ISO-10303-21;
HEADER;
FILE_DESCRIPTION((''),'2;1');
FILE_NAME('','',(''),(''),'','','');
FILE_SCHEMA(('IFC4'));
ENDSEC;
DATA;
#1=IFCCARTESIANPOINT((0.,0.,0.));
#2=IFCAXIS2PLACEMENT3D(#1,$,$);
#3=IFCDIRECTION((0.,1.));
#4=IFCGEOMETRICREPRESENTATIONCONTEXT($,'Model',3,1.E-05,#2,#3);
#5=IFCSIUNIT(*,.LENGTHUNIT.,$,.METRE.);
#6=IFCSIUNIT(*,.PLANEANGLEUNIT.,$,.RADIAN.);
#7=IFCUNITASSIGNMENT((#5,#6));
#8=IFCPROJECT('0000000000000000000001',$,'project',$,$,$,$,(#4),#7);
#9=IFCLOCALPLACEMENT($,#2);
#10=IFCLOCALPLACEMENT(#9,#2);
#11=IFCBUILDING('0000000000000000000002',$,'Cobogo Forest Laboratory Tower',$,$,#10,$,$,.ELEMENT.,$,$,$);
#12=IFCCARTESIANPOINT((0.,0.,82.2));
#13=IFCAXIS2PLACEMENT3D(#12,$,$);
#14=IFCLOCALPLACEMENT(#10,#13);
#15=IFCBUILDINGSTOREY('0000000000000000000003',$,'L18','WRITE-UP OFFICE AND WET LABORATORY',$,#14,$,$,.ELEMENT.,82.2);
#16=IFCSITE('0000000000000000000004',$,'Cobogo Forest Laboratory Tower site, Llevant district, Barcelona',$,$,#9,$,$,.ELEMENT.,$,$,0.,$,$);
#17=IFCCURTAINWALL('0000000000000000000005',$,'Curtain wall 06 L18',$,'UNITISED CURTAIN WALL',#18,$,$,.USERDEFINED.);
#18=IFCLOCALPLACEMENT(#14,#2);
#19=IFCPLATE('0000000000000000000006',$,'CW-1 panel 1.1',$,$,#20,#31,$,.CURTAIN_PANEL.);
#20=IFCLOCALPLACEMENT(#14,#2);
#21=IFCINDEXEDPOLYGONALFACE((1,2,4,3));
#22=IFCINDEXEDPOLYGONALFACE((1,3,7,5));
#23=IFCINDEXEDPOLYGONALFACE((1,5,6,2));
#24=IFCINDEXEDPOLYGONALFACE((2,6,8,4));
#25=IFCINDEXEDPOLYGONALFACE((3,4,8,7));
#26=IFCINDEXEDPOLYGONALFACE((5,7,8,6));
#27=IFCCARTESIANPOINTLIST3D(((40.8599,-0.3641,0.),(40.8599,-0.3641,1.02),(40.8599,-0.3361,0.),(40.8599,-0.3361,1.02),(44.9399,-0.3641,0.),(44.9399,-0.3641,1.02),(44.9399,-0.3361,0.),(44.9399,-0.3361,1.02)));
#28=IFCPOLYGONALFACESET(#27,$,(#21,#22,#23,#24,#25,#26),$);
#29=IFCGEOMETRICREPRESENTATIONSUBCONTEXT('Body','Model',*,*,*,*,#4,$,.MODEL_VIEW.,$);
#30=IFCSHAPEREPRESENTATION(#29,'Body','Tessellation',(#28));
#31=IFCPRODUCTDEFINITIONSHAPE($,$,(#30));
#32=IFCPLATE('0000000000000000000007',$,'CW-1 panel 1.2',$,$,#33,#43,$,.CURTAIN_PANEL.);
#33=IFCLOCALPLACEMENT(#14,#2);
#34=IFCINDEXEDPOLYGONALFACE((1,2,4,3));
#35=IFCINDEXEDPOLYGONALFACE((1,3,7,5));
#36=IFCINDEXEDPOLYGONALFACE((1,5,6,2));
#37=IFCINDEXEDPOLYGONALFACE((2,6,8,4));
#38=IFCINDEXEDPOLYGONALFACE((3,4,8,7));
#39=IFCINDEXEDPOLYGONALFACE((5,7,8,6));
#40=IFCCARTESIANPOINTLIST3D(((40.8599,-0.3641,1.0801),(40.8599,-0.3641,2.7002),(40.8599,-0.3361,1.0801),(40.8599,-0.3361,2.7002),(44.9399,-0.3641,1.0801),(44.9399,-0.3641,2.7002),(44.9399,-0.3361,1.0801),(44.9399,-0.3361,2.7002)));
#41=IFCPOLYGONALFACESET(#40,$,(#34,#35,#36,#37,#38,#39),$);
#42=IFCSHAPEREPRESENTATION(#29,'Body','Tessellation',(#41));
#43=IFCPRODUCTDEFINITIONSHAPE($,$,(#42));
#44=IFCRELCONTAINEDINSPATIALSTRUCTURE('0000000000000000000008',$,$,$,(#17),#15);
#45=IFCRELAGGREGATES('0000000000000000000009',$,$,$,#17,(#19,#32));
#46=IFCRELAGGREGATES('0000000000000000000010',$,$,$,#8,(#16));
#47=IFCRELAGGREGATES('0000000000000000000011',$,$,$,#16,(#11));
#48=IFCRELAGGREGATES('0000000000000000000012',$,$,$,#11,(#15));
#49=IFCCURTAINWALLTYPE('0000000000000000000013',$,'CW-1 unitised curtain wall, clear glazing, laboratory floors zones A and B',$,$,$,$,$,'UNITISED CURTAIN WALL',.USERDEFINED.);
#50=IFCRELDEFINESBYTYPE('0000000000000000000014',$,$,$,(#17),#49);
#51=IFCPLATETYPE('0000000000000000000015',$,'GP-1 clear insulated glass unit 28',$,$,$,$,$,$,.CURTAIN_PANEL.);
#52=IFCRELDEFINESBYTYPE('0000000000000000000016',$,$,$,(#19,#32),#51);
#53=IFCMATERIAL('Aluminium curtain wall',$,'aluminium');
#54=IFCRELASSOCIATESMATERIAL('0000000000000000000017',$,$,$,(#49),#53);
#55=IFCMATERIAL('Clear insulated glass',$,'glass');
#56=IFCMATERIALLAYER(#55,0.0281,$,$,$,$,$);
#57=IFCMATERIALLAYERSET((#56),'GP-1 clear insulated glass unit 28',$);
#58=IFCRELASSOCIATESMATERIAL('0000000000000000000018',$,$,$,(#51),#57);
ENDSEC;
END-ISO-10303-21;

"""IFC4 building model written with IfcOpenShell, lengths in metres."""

from ifc_helpers import new_model, si_unit, direction, frame, origin, origin_2d, place, context, subcontext, project, spatial, rectangle, extrude, material, layer, layer_set, type_object, element, aggregate, save


model = new_model("IFC4")

# Units and contexts
model_context = context("Model", 3, precision=1e-05, world=origin(), true_north=direction((0.0, 1.0)))
body_context = subcontext(model_context, "Body", "Model", "MODEL_VIEW")
ifc_project = project(units=[si_unit("LENGTHUNIT", "METRE"), si_unit("PLANEANGLEUNIT", "RADIAN")], contexts=[model_context])

# Site, building, storey
site_placement = place(None, origin())
site = spatial("IfcSite", under=ifc_project, at=site_placement, Name="Cobogo Forest Laboratory Tower site, Llevant district, Barcelona", CompositionType="ELEMENT", RefElevation=0.0)
building_placement = place(site_placement, origin())
building = spatial("IfcBuilding", under=site, at=building_placement, Name="Cobogo Forest Laboratory Tower", CompositionType="ELEMENT")
storey_placement = place(building_placement, frame((0.0, 0.0, 82.2)))
storey = spatial("IfcBuildingStorey", under=building, at=storey_placement, Name="L18", Description="WRITE-UP OFFICE AND WET LABORATORY", CompositionType="ELEMENT", Elevation=82.2)

# Shared definitions
ifc_material_1 = material(Name="Aluminium curtain wall", Category="aluminium")
curtain_wall_type = type_object("IfcCurtainWallType", Name="CW-1 unitised curtain wall, clear glazing, laboratory floors zones A and B", ElementType="UNITISED CURTAIN WALL", PredefinedType="USERDEFINED", material=ifc_material_1)

# Curtain wall
curtain_wall_1_placement = place(storey_placement, origin())
curtain_wall_1 = element("IfcCurtainWall", 1, at=curtain_wall_1_placement, inside=storey, type_object=curtain_wall_type, Name="Curtain wall 06 L18", ObjectType="UNITISED CURTAIN WALL", PredefinedType="USERDEFINED")

# Plates
ifc_material_2 = material(Name="Clear insulated glass", Category="glass")
ifc_layer = layer(ifc_material_2, 0.0281)
ifc_layer_set = layer_set([ifc_layer], Name="GP-1 clear insulated glass unit 28")
plate_type_1 = type_object("IfcPlateType", Name="GP-1 clear insulated glass unit 28", PredefinedType="CURTAIN_PANEL", material=ifc_layer_set)
plate_1_placement = place(storey_placement, frame((42.8999, -0.3501, 0.0), z_axis=(0.0, 0.0, 1.0), x_axis=(1.0, 0.0, 0.0)))
plate_1 = element("IfcPlate", 2, at=plate_1_placement, type_object=plate_type_1, Name="CW-1 panel 1.1", PredefinedType="CURTAIN_PANEL", context=body_context, shape_type="SweptSolid", body=[
    extrude(rectangle(XDim=4.0801, YDim=0.0281, at=origin_2d()), origin(), (0.0, 0.0, 1.0), 1.02),
])
plate_2_placement = place(storey_placement, frame((42.8999, -0.3501, 1.0801), z_axis=(0.0, 0.0, 1.0), x_axis=(1.0, 0.0, 0.0)))
plate_2 = element("IfcPlate", 3, at=plate_2_placement, type_object=plate_type_1, Name="CW-1 panel 1.2", PredefinedType="CURTAIN_PANEL", context=body_context, shape_type="SweptSolid", body=[
    extrude(rectangle(XDim=4.0801, YDim=0.0281, at=origin_2d()), origin(), (0.0, 0.0, 1.0), 1.6201),
])
aggregate(curtain_wall_1, [plate_1, plate_2])

save(model, "model.ifc")
